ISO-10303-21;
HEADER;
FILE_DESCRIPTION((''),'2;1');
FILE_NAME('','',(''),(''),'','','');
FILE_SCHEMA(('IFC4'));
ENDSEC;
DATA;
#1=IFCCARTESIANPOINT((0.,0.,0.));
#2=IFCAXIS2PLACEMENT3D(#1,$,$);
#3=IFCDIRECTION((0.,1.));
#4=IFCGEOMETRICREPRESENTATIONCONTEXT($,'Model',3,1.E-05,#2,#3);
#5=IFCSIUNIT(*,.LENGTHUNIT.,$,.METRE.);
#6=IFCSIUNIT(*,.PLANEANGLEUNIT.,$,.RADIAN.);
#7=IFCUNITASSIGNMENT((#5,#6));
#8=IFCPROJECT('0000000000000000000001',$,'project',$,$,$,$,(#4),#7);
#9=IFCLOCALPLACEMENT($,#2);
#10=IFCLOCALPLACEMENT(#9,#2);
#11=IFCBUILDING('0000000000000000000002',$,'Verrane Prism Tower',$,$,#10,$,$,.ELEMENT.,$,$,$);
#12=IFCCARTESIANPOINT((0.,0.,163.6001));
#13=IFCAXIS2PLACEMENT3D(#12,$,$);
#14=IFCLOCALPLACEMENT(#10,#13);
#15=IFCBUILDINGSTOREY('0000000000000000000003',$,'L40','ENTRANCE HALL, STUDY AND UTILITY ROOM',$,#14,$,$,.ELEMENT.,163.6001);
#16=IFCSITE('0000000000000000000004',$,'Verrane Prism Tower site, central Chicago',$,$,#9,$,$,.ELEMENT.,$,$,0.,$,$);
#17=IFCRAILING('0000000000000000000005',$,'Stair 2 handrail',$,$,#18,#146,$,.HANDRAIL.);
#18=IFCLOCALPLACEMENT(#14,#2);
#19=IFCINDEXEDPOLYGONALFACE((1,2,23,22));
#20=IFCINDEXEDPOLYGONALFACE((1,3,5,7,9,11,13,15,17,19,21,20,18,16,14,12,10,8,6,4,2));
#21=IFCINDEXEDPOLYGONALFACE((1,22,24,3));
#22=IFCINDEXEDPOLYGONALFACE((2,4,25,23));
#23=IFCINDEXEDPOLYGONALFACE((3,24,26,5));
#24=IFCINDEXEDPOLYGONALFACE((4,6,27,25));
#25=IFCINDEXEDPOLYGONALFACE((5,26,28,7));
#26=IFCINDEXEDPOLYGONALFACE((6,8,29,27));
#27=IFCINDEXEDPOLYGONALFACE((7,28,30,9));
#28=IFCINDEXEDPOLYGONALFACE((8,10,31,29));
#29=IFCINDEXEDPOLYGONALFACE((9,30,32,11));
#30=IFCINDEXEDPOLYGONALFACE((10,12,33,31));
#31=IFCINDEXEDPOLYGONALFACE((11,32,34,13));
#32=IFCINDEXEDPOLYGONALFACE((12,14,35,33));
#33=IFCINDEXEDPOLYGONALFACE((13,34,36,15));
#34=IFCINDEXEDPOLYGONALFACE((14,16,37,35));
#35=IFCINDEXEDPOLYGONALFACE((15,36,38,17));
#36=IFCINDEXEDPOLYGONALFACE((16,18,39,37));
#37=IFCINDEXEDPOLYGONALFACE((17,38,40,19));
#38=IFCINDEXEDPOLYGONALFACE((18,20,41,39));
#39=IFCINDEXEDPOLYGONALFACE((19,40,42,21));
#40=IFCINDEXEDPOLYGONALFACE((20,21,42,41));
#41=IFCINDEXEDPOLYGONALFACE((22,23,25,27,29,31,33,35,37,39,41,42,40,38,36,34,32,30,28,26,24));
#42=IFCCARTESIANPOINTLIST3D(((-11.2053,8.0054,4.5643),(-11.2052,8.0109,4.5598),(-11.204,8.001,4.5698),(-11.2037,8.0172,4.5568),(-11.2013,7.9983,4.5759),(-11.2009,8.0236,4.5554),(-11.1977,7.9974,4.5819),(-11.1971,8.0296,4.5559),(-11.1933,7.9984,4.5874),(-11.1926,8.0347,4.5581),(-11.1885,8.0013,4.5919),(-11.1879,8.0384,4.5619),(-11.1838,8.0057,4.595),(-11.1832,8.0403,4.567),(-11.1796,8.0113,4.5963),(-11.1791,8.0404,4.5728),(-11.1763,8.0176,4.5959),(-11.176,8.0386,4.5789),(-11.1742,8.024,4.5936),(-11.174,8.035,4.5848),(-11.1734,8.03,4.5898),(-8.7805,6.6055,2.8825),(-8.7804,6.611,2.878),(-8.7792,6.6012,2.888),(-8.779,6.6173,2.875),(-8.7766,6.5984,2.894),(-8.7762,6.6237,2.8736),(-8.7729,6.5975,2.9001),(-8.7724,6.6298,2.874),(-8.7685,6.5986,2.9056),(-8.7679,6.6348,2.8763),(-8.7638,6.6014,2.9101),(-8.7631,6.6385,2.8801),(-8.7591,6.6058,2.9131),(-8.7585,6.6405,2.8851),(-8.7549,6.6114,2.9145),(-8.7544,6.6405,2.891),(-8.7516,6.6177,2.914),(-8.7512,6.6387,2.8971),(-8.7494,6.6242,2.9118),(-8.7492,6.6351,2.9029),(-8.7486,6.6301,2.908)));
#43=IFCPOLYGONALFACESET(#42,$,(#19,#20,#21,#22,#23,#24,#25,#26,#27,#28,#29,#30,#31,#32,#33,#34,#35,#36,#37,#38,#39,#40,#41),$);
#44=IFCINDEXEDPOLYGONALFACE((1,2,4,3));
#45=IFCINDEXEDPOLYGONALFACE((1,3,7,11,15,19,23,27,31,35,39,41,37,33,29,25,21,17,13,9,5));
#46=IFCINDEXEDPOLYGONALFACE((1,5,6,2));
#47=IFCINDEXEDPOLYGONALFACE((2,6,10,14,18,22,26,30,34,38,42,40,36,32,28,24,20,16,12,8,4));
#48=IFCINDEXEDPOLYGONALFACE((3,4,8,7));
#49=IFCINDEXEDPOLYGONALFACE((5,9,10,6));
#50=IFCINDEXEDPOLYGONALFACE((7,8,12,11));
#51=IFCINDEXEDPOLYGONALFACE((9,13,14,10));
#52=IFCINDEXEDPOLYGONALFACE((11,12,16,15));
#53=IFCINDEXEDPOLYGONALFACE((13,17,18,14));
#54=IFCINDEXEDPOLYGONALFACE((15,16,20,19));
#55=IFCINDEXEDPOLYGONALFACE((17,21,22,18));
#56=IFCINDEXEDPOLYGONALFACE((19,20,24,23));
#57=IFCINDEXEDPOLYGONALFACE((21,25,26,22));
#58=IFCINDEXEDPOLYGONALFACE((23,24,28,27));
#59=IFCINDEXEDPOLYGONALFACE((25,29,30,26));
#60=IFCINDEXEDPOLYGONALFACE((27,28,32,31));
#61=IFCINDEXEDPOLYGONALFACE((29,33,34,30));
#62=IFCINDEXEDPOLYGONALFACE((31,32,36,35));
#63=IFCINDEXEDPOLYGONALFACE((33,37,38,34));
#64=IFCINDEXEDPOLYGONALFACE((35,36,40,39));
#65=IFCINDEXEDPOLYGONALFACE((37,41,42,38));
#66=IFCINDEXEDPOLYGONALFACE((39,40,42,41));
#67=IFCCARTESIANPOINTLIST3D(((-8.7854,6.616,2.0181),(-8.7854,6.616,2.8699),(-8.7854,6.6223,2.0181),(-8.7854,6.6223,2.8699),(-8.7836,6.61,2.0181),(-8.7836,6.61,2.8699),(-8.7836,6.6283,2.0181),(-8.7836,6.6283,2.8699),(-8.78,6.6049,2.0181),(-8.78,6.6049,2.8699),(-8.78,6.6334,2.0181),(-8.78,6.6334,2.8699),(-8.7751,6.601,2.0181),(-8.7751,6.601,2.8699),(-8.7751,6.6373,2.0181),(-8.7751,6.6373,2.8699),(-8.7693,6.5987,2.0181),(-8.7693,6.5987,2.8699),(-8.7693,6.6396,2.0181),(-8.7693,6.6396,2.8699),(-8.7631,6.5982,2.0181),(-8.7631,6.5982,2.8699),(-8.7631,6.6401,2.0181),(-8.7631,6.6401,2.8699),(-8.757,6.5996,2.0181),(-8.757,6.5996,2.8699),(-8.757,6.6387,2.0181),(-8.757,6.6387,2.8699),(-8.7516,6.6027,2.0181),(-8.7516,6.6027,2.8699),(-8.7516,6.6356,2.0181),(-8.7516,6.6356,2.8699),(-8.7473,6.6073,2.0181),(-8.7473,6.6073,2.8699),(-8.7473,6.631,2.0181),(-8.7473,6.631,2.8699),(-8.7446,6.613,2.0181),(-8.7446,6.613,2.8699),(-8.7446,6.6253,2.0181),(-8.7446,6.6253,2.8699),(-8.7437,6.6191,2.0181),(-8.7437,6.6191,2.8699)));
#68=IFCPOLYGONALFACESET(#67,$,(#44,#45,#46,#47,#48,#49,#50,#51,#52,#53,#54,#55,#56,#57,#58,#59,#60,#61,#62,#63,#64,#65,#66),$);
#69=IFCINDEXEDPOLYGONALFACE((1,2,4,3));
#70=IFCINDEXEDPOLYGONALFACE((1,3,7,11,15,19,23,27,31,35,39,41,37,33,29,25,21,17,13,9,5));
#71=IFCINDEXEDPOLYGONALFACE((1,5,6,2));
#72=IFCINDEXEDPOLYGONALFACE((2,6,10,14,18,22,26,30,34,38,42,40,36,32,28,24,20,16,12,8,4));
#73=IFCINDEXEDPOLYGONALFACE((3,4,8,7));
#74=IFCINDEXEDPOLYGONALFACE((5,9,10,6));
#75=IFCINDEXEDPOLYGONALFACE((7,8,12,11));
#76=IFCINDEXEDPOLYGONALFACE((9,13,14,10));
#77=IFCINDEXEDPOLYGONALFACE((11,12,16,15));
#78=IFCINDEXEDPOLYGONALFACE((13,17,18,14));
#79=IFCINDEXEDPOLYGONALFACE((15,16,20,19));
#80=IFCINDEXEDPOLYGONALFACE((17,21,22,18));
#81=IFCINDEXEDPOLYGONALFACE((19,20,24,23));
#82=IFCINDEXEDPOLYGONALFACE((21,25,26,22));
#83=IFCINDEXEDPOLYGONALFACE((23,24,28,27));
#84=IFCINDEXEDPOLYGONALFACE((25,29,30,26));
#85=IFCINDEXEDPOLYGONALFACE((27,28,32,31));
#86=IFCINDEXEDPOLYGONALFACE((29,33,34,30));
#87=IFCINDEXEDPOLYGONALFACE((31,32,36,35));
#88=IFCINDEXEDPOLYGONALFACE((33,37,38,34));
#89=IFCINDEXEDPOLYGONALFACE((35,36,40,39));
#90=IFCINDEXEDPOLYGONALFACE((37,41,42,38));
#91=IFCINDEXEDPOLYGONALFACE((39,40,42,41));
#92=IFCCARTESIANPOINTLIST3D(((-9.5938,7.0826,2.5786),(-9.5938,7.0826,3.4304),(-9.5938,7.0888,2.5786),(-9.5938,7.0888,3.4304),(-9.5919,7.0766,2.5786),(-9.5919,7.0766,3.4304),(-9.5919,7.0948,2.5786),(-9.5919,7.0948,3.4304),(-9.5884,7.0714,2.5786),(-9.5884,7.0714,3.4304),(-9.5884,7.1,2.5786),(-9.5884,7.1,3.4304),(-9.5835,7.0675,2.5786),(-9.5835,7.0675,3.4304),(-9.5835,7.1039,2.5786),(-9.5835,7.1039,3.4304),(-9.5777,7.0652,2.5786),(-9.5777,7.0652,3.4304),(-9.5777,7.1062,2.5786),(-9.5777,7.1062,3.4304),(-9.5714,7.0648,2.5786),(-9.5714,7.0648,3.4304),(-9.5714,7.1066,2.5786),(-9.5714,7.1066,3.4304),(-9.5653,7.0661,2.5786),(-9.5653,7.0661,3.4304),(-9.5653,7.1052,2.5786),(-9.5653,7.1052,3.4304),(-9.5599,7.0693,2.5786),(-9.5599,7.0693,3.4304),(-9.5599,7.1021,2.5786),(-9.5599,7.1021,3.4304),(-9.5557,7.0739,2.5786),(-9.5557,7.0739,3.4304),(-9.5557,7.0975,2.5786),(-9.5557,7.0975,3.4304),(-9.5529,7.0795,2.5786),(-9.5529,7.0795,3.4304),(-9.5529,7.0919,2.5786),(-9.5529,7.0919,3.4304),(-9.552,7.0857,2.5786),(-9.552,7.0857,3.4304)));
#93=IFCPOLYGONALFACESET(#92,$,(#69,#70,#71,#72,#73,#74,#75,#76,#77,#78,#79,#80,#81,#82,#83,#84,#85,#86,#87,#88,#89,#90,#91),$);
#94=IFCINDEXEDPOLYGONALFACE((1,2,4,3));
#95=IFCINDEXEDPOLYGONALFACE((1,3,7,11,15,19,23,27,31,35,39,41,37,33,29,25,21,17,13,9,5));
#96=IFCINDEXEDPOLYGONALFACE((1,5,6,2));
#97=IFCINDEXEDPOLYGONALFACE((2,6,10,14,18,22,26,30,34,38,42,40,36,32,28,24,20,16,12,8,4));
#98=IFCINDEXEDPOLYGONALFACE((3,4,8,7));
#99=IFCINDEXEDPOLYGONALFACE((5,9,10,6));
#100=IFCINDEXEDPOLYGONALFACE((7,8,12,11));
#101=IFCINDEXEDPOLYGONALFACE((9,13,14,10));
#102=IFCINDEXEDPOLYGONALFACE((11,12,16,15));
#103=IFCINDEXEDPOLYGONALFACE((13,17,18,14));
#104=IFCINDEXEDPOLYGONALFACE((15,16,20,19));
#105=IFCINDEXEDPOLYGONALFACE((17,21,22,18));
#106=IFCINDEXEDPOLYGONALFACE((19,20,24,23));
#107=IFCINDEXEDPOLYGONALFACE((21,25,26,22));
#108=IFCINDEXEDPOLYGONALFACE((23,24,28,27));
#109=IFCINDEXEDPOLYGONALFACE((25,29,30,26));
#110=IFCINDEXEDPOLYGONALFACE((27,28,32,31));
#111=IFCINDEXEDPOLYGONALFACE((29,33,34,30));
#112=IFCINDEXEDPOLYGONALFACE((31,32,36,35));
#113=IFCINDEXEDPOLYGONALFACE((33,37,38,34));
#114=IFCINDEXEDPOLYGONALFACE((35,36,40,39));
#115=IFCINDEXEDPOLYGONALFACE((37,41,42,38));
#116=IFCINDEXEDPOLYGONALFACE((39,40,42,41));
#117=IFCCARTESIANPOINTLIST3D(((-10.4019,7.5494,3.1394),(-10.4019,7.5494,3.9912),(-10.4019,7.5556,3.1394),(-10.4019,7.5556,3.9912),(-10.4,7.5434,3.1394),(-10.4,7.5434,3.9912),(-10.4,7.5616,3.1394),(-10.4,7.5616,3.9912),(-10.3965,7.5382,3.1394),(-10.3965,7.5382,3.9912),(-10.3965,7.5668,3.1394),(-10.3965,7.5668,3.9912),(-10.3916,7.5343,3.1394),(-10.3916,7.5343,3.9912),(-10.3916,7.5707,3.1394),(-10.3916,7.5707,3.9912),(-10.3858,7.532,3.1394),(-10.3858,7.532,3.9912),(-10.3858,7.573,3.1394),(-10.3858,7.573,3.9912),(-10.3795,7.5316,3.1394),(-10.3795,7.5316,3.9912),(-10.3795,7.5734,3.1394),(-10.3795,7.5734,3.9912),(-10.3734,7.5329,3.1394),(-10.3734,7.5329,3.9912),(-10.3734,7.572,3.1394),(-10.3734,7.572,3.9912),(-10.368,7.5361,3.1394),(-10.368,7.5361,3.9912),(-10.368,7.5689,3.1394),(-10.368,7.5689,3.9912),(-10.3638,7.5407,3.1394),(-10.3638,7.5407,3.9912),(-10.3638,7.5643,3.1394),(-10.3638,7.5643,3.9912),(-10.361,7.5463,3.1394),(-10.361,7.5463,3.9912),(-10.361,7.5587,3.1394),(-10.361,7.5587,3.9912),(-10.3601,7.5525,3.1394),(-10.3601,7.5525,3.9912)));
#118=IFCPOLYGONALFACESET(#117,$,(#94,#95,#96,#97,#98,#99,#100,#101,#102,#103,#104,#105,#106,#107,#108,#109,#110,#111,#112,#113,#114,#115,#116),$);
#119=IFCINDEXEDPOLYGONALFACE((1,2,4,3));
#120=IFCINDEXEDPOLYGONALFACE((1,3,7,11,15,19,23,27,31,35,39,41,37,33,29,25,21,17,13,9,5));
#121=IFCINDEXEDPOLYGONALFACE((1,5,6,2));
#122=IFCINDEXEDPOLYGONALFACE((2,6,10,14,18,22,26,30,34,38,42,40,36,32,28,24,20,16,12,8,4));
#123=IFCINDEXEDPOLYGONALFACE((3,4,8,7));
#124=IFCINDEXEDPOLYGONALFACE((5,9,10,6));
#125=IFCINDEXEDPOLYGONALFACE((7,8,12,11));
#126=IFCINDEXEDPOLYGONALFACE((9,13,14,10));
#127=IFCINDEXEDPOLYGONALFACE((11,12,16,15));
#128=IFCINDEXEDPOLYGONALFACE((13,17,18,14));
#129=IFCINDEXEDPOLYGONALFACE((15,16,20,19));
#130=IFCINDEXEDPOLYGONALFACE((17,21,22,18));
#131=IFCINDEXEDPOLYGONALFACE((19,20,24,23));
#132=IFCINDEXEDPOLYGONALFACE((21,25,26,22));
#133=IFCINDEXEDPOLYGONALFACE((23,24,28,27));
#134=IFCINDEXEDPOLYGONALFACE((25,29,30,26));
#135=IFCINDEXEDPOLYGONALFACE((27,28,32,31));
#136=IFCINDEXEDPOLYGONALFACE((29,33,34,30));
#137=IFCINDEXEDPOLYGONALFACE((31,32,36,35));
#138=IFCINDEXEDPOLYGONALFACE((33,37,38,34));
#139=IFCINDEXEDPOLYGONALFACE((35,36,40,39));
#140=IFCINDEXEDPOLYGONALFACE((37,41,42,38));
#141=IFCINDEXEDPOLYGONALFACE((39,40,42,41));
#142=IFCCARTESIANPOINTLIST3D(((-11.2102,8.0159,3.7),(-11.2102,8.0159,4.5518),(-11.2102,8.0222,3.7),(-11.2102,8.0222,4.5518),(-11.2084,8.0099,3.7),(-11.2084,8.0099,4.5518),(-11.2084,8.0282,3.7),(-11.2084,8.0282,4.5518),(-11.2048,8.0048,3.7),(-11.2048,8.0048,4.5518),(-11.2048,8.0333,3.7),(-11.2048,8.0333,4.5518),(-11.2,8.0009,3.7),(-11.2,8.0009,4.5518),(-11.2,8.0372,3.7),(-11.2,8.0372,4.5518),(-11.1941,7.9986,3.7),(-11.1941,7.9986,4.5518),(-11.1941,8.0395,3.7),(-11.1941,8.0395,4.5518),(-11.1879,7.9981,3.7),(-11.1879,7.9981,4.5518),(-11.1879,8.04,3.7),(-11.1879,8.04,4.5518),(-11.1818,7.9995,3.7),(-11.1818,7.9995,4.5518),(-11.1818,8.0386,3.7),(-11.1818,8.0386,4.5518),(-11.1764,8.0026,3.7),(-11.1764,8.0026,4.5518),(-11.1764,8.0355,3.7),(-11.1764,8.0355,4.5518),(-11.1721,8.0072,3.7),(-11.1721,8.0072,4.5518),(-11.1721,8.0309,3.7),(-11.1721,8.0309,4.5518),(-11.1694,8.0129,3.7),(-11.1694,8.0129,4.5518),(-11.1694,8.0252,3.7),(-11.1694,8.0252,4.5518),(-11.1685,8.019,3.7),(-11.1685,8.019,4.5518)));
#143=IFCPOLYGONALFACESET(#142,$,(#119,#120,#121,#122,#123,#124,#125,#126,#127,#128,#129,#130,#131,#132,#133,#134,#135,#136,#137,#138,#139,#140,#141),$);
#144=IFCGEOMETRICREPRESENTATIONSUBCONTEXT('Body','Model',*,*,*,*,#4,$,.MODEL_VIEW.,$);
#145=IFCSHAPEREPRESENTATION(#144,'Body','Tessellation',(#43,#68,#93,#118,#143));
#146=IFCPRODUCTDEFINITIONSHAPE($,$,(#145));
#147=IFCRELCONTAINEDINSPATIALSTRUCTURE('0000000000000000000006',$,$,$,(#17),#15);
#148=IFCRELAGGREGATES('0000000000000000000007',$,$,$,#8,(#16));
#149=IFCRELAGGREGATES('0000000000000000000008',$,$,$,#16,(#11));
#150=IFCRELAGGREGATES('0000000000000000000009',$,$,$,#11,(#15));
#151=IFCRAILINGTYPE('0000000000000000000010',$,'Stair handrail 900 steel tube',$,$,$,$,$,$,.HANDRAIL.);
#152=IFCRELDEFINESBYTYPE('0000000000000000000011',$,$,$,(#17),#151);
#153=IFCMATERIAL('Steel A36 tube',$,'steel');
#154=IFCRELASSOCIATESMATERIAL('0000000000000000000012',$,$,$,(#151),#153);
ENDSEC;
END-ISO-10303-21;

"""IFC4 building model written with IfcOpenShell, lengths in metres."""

from ifc_helpers import new_model, si_unit, direction, frame, origin, origin_2d, place, context, subcontext, project, spatial, circle, extrude, material, type_object, element, save


model = new_model("IFC4")

# Units and contexts
model_context = context("Model", 3, precision=1e-05, world=origin(), true_north=direction((0.0, 1.0)))
body_context = subcontext(model_context, "Body", "Model", "MODEL_VIEW")
ifc_project = project(units=[si_unit("LENGTHUNIT", "METRE"), si_unit("PLANEANGLEUNIT", "RADIAN")], contexts=[model_context])

# Site, building, storey
site_placement = place(None, origin())
site = spatial("IfcSite", under=ifc_project, at=site_placement, Name="Verrane Prism Tower site, central Chicago", CompositionType="ELEMENT", RefElevation=0.0)
building_placement = place(site_placement, origin())
building = spatial("IfcBuilding", under=site, at=building_placement, Name="Verrane Prism Tower", CompositionType="ELEMENT")
storey_placement = place(building_placement, frame((0.0, 0.0, 163.6001)))
storey = spatial("IfcBuildingStorey", under=building, at=storey_placement, Name="L40", Description="ENTRANCE HALL, STUDY AND UTILITY ROOM", CompositionType="ELEMENT", Elevation=163.6001)

# Railing
ifc_material_1 = material(Name="Steel A36 tube", Category="steel")
railing_type_1 = type_object("IfcRailingType", Name="Stair handrail 900 steel tube", PredefinedType="HANDRAIL", material=ifc_material_1)
railing_1_placement = place(storey_placement, frame((-8.7646, 6.6191, 2.0181)))
element("IfcRailing", 1, at=railing_1_placement, inside=storey, type_object=railing_type_1, Name="Stair 2 handrail", PredefinedType="HANDRAIL", context=body_context, shape_type="SweptSolid", body=[
    extrude(circle(Radius=0.0239, at=origin_2d()), frame((0.0, 0.0, 0.876), z_axis=(-0.74239, 0.428601, 0.514934), x_axis=(-0.499984, -0.866035, 0.0)), (0.0, 0.0, 1.0), 3.2661),
    extrude(circle(Radius=0.021, at=origin_2d()), origin(), (0.0, 0.0, 1.0), 0.8518),
    extrude(circle(Radius=0.021, at=origin_2d()), frame((-0.8083, 0.4666, 0.5605)), (0.0, 0.0, 1.0), 0.8518),
    extrude(circle(Radius=0.021, at=origin_2d()), frame((-1.6165, 0.9333, 1.1213)), (0.0, 0.0, 1.0), 0.8518),
    extrude(circle(Radius=0.021, at=origin_2d()), frame((-2.4248, 1.3999, 1.6819)), (0.0, 0.0, 1.0), 0.8518),
])

save(model, "model.ifc")
